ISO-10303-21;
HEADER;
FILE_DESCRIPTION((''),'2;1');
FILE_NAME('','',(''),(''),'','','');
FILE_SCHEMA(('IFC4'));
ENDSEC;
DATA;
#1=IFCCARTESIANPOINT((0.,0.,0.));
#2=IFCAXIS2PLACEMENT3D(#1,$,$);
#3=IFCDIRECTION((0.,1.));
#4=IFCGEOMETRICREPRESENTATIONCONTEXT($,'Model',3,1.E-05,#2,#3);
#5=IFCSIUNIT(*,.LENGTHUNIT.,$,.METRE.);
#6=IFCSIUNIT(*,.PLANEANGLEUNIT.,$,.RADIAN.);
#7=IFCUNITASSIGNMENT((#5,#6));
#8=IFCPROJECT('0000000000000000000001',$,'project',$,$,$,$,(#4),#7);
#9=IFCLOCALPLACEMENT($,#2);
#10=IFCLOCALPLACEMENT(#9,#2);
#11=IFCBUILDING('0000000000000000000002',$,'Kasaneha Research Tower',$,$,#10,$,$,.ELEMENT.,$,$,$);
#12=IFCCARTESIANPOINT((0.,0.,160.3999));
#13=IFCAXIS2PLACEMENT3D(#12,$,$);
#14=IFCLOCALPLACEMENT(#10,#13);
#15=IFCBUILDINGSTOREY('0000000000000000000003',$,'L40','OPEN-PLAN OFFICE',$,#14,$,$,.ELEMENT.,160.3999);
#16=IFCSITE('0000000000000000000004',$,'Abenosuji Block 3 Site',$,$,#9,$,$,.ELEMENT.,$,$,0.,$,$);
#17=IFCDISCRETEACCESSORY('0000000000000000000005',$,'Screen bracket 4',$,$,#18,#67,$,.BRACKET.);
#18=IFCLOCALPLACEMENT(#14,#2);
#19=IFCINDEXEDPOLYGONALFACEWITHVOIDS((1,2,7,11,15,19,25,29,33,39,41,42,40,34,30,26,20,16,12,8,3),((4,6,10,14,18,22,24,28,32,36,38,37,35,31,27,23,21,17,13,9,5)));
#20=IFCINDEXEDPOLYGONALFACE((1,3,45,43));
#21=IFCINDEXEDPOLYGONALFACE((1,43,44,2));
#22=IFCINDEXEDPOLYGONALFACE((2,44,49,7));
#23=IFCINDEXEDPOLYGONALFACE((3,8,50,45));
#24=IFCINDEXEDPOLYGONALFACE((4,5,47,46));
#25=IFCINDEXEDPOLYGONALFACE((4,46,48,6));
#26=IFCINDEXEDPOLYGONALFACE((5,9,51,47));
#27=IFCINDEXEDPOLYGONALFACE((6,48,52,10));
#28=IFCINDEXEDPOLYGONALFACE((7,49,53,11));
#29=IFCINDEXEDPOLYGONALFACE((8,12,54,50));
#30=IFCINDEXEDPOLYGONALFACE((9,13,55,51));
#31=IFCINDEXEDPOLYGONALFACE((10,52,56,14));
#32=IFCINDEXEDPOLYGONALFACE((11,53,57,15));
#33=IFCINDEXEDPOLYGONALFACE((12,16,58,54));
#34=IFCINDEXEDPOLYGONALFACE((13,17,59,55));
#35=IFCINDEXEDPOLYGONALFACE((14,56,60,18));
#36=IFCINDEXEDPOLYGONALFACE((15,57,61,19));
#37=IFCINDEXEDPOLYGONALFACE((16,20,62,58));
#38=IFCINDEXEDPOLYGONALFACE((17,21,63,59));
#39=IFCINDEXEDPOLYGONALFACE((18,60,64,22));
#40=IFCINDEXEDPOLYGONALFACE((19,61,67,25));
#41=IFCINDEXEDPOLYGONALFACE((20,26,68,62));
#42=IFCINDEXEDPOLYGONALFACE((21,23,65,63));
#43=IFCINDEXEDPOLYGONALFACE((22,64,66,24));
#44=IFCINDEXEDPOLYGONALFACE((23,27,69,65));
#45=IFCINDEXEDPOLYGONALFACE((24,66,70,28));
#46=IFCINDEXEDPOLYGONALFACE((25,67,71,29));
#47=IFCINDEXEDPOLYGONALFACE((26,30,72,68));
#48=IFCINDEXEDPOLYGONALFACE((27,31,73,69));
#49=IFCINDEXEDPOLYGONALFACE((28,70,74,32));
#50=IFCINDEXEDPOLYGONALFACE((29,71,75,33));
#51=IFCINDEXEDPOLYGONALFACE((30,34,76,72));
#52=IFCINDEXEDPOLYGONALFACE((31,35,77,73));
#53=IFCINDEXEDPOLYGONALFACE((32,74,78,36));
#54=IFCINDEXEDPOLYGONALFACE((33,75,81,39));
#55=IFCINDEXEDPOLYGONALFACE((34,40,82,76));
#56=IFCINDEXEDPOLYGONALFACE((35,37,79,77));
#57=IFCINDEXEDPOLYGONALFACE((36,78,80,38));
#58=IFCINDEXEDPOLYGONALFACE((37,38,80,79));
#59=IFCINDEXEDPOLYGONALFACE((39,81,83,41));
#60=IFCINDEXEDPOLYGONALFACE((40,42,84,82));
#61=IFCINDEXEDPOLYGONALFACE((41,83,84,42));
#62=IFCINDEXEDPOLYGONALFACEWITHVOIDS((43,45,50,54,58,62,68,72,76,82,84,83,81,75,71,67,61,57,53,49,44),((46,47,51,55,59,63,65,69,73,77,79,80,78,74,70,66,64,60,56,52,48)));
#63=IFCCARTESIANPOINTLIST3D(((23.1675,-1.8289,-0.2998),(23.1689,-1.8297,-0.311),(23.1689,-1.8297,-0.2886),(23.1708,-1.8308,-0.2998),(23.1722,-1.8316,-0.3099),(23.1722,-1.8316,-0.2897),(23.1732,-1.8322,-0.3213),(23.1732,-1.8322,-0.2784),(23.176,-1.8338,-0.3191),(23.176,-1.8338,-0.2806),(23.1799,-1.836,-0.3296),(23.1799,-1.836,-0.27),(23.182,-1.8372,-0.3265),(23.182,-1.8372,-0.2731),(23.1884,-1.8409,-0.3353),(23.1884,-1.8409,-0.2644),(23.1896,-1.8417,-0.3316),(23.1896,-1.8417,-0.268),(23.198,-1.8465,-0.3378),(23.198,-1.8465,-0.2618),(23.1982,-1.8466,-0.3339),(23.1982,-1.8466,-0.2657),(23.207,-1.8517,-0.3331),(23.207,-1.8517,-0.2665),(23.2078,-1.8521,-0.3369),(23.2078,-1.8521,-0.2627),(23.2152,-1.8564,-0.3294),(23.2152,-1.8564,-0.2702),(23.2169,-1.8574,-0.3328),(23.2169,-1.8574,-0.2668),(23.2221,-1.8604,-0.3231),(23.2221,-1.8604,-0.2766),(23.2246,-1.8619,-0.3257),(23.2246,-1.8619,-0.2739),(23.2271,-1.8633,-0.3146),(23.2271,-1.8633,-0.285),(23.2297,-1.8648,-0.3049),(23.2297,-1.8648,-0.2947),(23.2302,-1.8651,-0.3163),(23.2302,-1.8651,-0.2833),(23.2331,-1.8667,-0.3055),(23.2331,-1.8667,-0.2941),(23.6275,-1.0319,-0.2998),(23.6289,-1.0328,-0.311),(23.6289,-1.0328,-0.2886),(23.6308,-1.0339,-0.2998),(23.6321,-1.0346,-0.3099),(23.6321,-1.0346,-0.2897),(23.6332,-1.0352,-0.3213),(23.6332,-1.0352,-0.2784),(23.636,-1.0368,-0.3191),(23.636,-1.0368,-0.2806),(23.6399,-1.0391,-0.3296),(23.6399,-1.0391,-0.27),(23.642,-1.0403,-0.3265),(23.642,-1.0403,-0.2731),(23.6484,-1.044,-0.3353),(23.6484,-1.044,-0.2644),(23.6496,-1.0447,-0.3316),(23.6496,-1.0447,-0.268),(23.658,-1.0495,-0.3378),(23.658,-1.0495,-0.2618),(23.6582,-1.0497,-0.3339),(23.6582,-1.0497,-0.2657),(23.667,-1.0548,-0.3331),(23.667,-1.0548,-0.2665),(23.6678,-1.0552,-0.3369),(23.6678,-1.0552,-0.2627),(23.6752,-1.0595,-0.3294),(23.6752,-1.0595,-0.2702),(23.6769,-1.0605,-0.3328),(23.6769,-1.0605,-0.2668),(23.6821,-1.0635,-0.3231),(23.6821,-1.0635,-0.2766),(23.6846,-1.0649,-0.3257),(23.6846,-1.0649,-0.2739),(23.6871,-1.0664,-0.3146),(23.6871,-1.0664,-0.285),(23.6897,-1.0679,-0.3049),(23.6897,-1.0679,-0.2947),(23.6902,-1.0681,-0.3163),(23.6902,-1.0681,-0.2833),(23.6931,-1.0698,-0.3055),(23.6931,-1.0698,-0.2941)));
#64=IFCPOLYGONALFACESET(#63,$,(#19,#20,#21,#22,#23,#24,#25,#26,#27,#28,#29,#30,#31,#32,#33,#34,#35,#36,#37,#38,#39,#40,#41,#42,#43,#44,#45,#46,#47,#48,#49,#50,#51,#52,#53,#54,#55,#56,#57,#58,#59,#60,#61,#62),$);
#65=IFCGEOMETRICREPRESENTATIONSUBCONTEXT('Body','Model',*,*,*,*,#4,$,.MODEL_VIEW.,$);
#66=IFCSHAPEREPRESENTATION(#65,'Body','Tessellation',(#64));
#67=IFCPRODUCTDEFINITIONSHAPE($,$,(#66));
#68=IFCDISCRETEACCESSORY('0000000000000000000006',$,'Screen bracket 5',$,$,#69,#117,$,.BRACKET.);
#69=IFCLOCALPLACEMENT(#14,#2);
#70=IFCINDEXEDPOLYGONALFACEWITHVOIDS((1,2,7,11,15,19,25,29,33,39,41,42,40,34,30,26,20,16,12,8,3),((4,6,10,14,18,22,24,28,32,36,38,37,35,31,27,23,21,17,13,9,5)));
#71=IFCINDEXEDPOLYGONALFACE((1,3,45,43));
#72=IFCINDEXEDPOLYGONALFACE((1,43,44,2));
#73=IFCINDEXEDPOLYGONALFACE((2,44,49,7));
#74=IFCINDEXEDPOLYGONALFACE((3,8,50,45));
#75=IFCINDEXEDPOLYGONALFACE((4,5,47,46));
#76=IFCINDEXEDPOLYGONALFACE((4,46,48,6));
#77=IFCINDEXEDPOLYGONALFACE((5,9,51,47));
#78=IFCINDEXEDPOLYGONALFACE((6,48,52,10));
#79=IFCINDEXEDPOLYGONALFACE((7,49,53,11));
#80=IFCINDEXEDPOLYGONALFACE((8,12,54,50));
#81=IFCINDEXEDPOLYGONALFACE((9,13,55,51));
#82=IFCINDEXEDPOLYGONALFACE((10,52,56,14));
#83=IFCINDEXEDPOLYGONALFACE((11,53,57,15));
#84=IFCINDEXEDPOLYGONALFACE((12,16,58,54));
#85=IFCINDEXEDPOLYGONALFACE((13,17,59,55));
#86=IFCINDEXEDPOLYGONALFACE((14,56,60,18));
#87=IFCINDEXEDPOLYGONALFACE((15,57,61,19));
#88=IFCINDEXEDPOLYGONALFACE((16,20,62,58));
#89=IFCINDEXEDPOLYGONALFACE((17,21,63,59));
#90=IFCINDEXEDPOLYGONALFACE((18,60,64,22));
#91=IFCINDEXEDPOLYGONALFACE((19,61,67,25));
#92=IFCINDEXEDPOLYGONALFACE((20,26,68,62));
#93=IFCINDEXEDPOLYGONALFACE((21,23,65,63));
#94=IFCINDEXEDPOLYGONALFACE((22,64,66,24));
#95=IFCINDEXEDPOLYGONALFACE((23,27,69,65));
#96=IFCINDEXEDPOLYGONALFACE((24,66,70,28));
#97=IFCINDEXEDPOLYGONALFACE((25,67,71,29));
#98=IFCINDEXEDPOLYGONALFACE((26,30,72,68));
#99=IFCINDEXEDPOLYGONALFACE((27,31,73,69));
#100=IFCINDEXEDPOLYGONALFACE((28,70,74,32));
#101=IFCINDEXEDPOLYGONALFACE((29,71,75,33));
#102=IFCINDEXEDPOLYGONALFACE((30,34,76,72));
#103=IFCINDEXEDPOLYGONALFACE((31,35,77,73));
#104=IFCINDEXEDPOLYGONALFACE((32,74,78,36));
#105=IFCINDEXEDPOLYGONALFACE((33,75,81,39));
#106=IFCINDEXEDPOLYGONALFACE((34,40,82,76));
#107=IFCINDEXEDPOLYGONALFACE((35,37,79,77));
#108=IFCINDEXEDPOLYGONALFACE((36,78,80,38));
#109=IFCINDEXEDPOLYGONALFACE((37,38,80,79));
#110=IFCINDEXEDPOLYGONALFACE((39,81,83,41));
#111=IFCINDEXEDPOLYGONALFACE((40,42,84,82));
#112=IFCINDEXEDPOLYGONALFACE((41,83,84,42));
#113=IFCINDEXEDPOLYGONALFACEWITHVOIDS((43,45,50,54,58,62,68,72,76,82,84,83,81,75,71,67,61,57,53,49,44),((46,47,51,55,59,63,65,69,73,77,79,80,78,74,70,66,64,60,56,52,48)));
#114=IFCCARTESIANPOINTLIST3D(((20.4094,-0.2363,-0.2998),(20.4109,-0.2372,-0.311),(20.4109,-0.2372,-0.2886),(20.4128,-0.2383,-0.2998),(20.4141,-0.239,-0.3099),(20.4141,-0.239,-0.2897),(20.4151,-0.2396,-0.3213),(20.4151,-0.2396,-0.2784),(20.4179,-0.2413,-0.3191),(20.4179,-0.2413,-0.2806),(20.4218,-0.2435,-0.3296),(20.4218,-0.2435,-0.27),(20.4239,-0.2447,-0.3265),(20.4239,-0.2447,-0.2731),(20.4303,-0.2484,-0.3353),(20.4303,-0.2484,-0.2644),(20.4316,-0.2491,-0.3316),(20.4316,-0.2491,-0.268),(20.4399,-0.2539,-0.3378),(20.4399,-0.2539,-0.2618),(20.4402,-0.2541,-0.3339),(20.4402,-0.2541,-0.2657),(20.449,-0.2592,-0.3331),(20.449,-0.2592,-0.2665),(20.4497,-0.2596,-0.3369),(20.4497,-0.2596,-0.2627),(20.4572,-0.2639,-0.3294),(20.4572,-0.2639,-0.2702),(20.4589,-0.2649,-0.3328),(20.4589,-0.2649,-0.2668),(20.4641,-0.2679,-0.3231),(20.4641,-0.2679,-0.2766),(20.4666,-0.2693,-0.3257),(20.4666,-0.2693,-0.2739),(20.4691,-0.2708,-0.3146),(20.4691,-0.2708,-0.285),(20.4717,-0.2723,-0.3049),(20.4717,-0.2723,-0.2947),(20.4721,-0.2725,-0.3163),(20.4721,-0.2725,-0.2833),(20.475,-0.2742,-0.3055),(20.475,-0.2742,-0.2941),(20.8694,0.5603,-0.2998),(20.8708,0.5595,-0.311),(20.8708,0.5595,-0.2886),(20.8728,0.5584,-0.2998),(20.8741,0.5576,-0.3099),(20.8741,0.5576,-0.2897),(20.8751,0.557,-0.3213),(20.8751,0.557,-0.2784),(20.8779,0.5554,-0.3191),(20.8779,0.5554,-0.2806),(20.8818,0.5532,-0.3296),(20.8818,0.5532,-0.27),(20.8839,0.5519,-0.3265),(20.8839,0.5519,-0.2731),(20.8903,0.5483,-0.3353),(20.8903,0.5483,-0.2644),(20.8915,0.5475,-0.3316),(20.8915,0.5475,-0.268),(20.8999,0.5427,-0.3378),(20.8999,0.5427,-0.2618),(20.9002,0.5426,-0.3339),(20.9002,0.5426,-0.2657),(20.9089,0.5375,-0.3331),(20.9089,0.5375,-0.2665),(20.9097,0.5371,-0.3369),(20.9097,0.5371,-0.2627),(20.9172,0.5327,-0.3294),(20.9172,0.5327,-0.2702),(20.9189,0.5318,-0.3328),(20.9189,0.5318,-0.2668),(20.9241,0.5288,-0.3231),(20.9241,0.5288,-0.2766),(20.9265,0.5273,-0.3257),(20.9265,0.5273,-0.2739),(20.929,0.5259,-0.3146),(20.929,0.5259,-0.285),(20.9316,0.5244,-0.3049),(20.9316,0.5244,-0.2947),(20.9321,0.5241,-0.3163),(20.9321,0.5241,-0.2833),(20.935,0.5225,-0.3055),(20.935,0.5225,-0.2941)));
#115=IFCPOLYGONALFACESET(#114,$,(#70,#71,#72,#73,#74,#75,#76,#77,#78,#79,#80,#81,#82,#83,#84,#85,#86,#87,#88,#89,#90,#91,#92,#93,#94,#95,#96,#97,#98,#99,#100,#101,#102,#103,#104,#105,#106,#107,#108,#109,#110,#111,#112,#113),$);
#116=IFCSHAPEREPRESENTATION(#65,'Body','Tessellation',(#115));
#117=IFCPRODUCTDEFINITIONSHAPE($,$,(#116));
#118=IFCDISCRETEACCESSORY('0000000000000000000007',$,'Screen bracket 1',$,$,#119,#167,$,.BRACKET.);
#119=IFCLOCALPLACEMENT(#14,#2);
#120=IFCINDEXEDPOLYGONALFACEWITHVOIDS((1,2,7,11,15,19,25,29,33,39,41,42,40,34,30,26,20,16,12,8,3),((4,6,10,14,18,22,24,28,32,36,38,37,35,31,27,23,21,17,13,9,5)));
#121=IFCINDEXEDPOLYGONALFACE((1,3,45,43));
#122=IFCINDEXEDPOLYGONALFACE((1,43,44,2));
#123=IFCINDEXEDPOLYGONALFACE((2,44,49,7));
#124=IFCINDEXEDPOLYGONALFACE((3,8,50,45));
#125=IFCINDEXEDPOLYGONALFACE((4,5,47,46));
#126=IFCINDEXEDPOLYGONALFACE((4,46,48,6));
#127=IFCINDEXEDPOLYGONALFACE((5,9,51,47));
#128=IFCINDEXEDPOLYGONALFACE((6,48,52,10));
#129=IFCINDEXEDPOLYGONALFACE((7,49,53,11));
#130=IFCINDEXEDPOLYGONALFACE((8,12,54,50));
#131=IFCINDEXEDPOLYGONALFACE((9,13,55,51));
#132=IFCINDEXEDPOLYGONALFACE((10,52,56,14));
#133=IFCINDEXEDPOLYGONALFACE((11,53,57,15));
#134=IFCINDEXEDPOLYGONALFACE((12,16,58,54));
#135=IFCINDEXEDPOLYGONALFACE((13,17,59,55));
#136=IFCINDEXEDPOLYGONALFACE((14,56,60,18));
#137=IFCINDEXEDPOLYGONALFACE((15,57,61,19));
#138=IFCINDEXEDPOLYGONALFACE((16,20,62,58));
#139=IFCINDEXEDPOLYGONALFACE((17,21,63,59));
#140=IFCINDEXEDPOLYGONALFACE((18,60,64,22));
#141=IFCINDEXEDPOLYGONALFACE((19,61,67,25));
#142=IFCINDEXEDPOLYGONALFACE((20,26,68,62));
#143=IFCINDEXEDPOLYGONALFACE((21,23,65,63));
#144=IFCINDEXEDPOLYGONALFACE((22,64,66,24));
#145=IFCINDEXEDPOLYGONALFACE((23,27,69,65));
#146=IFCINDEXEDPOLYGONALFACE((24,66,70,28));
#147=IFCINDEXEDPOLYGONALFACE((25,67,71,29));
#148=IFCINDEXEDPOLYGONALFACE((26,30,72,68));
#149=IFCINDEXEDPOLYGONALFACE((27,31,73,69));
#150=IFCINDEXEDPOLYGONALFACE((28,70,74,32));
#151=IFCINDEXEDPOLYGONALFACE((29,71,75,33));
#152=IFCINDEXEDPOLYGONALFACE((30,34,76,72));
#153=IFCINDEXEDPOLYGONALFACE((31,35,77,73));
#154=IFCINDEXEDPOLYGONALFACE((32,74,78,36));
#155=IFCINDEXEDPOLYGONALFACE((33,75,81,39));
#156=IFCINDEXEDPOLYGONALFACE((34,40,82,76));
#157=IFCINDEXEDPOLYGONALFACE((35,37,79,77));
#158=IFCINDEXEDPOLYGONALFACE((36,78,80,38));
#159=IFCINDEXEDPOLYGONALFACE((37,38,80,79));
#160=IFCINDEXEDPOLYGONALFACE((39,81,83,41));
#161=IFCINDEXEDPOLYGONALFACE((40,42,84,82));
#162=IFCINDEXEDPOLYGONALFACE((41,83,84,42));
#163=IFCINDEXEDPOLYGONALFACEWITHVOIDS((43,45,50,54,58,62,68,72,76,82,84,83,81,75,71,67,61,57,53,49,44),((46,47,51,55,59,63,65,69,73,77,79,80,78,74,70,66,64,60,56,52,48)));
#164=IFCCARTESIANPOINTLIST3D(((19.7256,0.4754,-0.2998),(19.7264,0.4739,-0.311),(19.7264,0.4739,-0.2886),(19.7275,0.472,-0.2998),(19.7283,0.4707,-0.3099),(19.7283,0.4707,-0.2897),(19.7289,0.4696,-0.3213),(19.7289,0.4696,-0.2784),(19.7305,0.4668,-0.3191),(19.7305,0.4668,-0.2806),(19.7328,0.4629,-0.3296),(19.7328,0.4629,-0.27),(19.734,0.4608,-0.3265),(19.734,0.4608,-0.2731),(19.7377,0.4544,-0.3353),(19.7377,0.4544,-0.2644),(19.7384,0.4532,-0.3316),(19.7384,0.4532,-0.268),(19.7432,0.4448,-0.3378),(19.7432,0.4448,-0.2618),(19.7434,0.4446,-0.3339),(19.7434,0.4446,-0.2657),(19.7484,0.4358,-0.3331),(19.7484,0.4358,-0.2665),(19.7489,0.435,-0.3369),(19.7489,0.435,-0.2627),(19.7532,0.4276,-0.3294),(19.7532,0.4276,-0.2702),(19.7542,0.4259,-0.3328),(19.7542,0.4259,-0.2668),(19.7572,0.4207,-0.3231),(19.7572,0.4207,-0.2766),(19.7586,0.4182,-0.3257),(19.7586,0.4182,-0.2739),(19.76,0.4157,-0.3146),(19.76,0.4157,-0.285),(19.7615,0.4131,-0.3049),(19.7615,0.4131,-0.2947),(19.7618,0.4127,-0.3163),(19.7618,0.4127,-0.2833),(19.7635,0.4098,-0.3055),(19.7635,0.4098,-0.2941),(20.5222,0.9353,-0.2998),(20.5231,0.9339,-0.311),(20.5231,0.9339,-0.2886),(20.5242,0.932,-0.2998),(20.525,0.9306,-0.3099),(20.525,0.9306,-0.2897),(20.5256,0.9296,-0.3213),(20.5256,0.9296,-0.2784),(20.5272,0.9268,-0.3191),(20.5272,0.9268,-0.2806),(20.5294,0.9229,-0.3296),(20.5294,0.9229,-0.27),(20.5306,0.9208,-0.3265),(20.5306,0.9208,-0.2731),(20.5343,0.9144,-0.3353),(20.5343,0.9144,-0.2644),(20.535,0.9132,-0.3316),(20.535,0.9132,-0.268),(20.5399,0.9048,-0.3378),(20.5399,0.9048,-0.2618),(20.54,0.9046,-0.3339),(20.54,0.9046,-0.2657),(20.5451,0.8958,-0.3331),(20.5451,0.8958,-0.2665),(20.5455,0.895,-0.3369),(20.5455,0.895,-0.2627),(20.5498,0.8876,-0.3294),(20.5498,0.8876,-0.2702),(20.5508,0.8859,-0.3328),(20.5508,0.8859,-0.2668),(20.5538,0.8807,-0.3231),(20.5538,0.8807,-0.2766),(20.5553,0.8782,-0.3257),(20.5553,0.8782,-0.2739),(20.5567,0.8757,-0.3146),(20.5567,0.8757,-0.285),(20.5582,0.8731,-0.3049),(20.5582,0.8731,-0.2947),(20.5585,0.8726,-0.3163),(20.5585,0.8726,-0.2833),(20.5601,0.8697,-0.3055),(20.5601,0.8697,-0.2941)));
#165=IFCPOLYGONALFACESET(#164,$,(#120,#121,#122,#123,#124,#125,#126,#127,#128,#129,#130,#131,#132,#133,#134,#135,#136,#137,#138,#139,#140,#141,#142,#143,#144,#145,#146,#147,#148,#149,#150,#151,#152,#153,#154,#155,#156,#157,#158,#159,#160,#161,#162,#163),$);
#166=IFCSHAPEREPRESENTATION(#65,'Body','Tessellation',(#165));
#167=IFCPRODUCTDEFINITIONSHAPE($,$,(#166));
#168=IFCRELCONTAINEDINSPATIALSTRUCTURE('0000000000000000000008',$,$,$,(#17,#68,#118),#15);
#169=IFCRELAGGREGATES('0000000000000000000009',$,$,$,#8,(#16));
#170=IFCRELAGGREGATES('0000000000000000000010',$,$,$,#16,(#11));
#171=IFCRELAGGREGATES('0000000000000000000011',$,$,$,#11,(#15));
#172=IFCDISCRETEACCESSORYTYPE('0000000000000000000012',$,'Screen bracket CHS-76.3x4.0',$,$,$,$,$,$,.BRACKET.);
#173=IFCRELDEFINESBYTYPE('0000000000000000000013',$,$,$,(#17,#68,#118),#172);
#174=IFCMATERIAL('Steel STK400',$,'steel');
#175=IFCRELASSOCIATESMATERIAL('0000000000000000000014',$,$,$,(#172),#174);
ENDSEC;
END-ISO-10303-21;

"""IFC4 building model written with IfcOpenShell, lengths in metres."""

from ifc_helpers import new_model, si_unit, direction, frame, origin, origin_2d, place, context, subcontext, project, spatial, hollow_circle, extrude, material, material_profile, profile_set, type_object, element, save


model = new_model("IFC4")

# Units and contexts
model_context = context("Model", 3, precision=1e-05, world=origin(), true_north=direction((0.0, 1.0)))
body_context = subcontext(model_context, "Body", "Model", "MODEL_VIEW")
ifc_project = project(units=[si_unit("LENGTHUNIT", "METRE"), si_unit("PLANEANGLEUNIT", "RADIAN")], contexts=[model_context])

# Site, building, storey
site_placement = place(None, origin())
site = spatial("IfcSite", under=ifc_project, at=site_placement, Name="Abenosuji Block 3 Site", CompositionType="ELEMENT", RefElevation=0.0)
building_placement = place(site_placement, origin())
building = spatial("IfcBuilding", under=site, at=building_placement, Name="Kasaneha Research Tower", CompositionType="ELEMENT")
storey_placement = place(building_placement, frame((0.0, 0.0, 160.3999)))
storey = spatial("IfcBuildingStorey", under=building, at=storey_placement, Name="L40", Description="OPEN-PLAN OFFICE", CompositionType="ELEMENT", Elevation=160.3999)

# Discrete accessories
ifc_material_1 = material(Name="Steel STK400", Category="steel")
ifc_material_profile_1 = material_profile(ifc_material_1, hollow_circle(Radius=0.0381, WallThickness=0.0039, at=origin_2d()), Name="CHS-76.3x4.0")
ifc_profile_set_1 = profile_set([ifc_material_profile_1], Name="Steel STK400")
discrete_accessory_type = type_object("IfcDiscreteAccessoryType", Name="Screen bracket CHS-76.3x4.0", PredefinedType="BRACKET", material=ifc_profile_set_1)
discrete_accessory_placement = place(storey_placement, frame((23.2004, -1.8479, -0.2998), z_axis=(0.499906, 0.86608, 0.0), x_axis=(-0.86608, 0.499906, 0.0)))
element("IfcDiscreteAccessory", 1, at=discrete_accessory_placement, inside=storey, type_object=discrete_accessory_type, Name="Screen bracket 4", PredefinedType="BRACKET", context=body_context, shape_type="SweptSolid", body=[
    extrude(hollow_circle(Radius=0.0381, WallThickness=0.0039, at=origin_2d()), origin(), (0.0, 0.0, 1.0), 0.9202),
])
for number, where, z_axis, x_axis, name in (
    (2, (20.4424, -0.2554, -0.2998), (0.500021, 0.866013, 0.0), (-0.866013, 0.500021, 0.0), "Screen bracket 5"),
    (3, (19.7446, 0.4424, -0.2998), (0.866013, 0.500021, 0.0), (-0.500021, 0.866013, 0.0), "Screen bracket 1"),
):
    element("IfcDiscreteAccessory", number, at=place(storey_placement, frame(where, z_axis=z_axis, x_axis=x_axis)), inside=storey, type_object=discrete_accessory_type, Name=name, PredefinedType="BRACKET", context=body_context, shape_type="SweptSolid", body=[
        extrude(hollow_circle(Radius=0.0381, WallThickness=0.0039, at=origin_2d()), origin(), (0.0, 0.0, 1.0), 0.9199),
    ])

save(model, "model.ifc")
